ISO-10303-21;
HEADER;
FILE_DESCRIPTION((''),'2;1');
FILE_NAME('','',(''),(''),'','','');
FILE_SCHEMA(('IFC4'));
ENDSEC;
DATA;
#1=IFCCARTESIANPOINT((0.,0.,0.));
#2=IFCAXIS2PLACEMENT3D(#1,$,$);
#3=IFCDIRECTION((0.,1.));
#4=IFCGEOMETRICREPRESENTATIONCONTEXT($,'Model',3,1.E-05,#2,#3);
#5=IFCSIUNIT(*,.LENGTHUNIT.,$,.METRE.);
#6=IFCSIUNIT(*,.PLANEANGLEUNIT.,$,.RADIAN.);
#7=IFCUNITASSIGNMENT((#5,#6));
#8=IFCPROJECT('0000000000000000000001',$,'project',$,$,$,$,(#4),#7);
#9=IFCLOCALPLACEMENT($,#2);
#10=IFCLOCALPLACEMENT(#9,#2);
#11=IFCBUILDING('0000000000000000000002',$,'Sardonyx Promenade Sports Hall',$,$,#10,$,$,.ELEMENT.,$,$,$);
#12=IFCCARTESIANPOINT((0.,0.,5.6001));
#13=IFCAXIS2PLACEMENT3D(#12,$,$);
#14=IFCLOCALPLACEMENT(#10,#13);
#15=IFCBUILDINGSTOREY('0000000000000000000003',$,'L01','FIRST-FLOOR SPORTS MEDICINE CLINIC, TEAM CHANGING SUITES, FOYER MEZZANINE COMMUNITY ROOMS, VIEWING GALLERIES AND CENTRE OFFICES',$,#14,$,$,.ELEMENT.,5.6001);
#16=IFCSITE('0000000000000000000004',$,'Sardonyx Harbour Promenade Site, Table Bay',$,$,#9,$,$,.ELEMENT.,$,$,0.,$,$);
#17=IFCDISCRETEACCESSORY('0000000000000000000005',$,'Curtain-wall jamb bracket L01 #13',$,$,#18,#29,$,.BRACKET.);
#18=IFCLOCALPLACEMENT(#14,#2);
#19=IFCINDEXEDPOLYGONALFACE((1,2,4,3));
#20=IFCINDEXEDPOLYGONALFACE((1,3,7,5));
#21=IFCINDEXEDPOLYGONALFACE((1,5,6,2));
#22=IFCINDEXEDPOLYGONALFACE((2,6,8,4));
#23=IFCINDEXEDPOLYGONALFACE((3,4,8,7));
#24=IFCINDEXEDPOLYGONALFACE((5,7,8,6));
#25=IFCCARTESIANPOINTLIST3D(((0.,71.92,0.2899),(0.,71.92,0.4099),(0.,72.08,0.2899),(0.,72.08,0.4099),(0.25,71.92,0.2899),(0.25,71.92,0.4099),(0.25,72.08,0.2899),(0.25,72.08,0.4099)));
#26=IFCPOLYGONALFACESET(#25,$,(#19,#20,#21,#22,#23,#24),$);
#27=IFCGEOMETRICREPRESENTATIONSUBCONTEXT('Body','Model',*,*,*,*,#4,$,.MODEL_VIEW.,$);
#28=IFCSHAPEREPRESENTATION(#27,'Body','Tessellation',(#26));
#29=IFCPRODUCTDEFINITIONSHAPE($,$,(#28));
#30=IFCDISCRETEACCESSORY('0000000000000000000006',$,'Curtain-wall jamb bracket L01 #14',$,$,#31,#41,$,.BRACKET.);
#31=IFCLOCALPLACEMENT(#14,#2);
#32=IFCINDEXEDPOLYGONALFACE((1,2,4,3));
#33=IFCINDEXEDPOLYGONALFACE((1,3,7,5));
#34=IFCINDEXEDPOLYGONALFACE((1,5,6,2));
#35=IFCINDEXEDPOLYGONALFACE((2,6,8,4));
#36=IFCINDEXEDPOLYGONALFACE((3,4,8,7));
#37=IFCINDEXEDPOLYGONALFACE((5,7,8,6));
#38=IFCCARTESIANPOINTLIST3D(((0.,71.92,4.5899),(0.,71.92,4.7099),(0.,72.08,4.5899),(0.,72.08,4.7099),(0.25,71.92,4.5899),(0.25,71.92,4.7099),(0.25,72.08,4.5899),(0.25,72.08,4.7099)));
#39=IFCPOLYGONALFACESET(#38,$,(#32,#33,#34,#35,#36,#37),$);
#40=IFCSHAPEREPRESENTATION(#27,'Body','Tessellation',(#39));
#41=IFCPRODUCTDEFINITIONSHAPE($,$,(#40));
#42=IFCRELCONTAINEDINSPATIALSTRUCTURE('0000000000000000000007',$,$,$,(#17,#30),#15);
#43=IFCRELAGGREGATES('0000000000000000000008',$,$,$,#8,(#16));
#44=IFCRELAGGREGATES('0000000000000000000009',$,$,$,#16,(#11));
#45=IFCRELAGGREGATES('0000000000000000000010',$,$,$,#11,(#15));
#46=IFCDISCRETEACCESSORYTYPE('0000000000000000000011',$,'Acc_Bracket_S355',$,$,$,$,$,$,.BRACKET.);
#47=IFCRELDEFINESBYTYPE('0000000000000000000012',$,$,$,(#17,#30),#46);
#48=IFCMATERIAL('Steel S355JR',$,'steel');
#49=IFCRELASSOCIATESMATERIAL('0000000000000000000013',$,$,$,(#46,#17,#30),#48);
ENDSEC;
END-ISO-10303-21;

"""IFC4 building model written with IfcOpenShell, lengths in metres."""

from ifc_helpers import new_model, si_unit, direction, frame, origin, place, context, subcontext, project, spatial, rectangle, extrude, material, type_object, element, save


model = new_model("IFC4")

# Units and contexts
model_context = context("Model", 3, precision=1e-05, world=origin(), true_north=direction((0.0, 1.0)))
body_context = subcontext(model_context, "Body", "Model", "MODEL_VIEW")
ifc_project = project(units=[si_unit("LENGTHUNIT", "METRE"), si_unit("PLANEANGLEUNIT", "RADIAN")], contexts=[model_context])

# Site, building, storey
site_placement = place(None, origin())
site = spatial("IfcSite", under=ifc_project, at=site_placement, Name="Sardonyx Harbour Promenade Site, Table Bay", CompositionType="ELEMENT", RefElevation=0.0)
building_placement = place(site_placement, origin())
building = spatial("IfcBuilding", under=site, at=building_placement, Name="Sardonyx Promenade Sports Hall", CompositionType="ELEMENT")
storey_placement = place(building_placement, frame((0.0, 0.0, 5.6001)))
storey = spatial("IfcBuildingStorey", under=building, at=storey_placement, Name="L01", Description="FIRST-FLOOR SPORTS MEDICINE CLINIC, TEAM CHANGING SUITES, FOYER MEZZANINE COMMUNITY ROOMS, VIEWING GALLERIES AND CENTRE OFFICES", CompositionType="ELEMENT", Elevation=5.6001)

# Discrete accessories
ifc_material_1 = material(Name="Steel S355JR", Category="steel")
discrete_accessory_type = type_object("IfcDiscreteAccessoryType", Name="Acc_Bracket_S355", PredefinedType="BRACKET", material=ifc_material_1)
for number, where, z_axis, x_axis, name in (
    (1, (0.125, 72.0, 0.2899), (0.0, 0.0, 1.0), (1.0, 0.0, 0.0), "Curtain-wall jamb bracket L01 #13"),
    (2, (0.125, 72.0, 4.5899), (0.0, 0.0, 1.0), (1.0, 0.0, 0.0), "Curtain-wall jamb bracket L01 #14"),
):
    element("IfcDiscreteAccessory", number, at=place(storey_placement, frame(where, z_axis=z_axis, x_axis=x_axis)), inside=storey, type_object=discrete_accessory_type, material=ifc_material_1, Name=name, PredefinedType="BRACKET", context=body_context, shape_type="SweptSolid", body=[
        extrude(rectangle(XDim=0.25, YDim=0.16), origin(), (0.0, 0.0, 1.0), 0.12),
    ])

save(model, "model.ifc")
